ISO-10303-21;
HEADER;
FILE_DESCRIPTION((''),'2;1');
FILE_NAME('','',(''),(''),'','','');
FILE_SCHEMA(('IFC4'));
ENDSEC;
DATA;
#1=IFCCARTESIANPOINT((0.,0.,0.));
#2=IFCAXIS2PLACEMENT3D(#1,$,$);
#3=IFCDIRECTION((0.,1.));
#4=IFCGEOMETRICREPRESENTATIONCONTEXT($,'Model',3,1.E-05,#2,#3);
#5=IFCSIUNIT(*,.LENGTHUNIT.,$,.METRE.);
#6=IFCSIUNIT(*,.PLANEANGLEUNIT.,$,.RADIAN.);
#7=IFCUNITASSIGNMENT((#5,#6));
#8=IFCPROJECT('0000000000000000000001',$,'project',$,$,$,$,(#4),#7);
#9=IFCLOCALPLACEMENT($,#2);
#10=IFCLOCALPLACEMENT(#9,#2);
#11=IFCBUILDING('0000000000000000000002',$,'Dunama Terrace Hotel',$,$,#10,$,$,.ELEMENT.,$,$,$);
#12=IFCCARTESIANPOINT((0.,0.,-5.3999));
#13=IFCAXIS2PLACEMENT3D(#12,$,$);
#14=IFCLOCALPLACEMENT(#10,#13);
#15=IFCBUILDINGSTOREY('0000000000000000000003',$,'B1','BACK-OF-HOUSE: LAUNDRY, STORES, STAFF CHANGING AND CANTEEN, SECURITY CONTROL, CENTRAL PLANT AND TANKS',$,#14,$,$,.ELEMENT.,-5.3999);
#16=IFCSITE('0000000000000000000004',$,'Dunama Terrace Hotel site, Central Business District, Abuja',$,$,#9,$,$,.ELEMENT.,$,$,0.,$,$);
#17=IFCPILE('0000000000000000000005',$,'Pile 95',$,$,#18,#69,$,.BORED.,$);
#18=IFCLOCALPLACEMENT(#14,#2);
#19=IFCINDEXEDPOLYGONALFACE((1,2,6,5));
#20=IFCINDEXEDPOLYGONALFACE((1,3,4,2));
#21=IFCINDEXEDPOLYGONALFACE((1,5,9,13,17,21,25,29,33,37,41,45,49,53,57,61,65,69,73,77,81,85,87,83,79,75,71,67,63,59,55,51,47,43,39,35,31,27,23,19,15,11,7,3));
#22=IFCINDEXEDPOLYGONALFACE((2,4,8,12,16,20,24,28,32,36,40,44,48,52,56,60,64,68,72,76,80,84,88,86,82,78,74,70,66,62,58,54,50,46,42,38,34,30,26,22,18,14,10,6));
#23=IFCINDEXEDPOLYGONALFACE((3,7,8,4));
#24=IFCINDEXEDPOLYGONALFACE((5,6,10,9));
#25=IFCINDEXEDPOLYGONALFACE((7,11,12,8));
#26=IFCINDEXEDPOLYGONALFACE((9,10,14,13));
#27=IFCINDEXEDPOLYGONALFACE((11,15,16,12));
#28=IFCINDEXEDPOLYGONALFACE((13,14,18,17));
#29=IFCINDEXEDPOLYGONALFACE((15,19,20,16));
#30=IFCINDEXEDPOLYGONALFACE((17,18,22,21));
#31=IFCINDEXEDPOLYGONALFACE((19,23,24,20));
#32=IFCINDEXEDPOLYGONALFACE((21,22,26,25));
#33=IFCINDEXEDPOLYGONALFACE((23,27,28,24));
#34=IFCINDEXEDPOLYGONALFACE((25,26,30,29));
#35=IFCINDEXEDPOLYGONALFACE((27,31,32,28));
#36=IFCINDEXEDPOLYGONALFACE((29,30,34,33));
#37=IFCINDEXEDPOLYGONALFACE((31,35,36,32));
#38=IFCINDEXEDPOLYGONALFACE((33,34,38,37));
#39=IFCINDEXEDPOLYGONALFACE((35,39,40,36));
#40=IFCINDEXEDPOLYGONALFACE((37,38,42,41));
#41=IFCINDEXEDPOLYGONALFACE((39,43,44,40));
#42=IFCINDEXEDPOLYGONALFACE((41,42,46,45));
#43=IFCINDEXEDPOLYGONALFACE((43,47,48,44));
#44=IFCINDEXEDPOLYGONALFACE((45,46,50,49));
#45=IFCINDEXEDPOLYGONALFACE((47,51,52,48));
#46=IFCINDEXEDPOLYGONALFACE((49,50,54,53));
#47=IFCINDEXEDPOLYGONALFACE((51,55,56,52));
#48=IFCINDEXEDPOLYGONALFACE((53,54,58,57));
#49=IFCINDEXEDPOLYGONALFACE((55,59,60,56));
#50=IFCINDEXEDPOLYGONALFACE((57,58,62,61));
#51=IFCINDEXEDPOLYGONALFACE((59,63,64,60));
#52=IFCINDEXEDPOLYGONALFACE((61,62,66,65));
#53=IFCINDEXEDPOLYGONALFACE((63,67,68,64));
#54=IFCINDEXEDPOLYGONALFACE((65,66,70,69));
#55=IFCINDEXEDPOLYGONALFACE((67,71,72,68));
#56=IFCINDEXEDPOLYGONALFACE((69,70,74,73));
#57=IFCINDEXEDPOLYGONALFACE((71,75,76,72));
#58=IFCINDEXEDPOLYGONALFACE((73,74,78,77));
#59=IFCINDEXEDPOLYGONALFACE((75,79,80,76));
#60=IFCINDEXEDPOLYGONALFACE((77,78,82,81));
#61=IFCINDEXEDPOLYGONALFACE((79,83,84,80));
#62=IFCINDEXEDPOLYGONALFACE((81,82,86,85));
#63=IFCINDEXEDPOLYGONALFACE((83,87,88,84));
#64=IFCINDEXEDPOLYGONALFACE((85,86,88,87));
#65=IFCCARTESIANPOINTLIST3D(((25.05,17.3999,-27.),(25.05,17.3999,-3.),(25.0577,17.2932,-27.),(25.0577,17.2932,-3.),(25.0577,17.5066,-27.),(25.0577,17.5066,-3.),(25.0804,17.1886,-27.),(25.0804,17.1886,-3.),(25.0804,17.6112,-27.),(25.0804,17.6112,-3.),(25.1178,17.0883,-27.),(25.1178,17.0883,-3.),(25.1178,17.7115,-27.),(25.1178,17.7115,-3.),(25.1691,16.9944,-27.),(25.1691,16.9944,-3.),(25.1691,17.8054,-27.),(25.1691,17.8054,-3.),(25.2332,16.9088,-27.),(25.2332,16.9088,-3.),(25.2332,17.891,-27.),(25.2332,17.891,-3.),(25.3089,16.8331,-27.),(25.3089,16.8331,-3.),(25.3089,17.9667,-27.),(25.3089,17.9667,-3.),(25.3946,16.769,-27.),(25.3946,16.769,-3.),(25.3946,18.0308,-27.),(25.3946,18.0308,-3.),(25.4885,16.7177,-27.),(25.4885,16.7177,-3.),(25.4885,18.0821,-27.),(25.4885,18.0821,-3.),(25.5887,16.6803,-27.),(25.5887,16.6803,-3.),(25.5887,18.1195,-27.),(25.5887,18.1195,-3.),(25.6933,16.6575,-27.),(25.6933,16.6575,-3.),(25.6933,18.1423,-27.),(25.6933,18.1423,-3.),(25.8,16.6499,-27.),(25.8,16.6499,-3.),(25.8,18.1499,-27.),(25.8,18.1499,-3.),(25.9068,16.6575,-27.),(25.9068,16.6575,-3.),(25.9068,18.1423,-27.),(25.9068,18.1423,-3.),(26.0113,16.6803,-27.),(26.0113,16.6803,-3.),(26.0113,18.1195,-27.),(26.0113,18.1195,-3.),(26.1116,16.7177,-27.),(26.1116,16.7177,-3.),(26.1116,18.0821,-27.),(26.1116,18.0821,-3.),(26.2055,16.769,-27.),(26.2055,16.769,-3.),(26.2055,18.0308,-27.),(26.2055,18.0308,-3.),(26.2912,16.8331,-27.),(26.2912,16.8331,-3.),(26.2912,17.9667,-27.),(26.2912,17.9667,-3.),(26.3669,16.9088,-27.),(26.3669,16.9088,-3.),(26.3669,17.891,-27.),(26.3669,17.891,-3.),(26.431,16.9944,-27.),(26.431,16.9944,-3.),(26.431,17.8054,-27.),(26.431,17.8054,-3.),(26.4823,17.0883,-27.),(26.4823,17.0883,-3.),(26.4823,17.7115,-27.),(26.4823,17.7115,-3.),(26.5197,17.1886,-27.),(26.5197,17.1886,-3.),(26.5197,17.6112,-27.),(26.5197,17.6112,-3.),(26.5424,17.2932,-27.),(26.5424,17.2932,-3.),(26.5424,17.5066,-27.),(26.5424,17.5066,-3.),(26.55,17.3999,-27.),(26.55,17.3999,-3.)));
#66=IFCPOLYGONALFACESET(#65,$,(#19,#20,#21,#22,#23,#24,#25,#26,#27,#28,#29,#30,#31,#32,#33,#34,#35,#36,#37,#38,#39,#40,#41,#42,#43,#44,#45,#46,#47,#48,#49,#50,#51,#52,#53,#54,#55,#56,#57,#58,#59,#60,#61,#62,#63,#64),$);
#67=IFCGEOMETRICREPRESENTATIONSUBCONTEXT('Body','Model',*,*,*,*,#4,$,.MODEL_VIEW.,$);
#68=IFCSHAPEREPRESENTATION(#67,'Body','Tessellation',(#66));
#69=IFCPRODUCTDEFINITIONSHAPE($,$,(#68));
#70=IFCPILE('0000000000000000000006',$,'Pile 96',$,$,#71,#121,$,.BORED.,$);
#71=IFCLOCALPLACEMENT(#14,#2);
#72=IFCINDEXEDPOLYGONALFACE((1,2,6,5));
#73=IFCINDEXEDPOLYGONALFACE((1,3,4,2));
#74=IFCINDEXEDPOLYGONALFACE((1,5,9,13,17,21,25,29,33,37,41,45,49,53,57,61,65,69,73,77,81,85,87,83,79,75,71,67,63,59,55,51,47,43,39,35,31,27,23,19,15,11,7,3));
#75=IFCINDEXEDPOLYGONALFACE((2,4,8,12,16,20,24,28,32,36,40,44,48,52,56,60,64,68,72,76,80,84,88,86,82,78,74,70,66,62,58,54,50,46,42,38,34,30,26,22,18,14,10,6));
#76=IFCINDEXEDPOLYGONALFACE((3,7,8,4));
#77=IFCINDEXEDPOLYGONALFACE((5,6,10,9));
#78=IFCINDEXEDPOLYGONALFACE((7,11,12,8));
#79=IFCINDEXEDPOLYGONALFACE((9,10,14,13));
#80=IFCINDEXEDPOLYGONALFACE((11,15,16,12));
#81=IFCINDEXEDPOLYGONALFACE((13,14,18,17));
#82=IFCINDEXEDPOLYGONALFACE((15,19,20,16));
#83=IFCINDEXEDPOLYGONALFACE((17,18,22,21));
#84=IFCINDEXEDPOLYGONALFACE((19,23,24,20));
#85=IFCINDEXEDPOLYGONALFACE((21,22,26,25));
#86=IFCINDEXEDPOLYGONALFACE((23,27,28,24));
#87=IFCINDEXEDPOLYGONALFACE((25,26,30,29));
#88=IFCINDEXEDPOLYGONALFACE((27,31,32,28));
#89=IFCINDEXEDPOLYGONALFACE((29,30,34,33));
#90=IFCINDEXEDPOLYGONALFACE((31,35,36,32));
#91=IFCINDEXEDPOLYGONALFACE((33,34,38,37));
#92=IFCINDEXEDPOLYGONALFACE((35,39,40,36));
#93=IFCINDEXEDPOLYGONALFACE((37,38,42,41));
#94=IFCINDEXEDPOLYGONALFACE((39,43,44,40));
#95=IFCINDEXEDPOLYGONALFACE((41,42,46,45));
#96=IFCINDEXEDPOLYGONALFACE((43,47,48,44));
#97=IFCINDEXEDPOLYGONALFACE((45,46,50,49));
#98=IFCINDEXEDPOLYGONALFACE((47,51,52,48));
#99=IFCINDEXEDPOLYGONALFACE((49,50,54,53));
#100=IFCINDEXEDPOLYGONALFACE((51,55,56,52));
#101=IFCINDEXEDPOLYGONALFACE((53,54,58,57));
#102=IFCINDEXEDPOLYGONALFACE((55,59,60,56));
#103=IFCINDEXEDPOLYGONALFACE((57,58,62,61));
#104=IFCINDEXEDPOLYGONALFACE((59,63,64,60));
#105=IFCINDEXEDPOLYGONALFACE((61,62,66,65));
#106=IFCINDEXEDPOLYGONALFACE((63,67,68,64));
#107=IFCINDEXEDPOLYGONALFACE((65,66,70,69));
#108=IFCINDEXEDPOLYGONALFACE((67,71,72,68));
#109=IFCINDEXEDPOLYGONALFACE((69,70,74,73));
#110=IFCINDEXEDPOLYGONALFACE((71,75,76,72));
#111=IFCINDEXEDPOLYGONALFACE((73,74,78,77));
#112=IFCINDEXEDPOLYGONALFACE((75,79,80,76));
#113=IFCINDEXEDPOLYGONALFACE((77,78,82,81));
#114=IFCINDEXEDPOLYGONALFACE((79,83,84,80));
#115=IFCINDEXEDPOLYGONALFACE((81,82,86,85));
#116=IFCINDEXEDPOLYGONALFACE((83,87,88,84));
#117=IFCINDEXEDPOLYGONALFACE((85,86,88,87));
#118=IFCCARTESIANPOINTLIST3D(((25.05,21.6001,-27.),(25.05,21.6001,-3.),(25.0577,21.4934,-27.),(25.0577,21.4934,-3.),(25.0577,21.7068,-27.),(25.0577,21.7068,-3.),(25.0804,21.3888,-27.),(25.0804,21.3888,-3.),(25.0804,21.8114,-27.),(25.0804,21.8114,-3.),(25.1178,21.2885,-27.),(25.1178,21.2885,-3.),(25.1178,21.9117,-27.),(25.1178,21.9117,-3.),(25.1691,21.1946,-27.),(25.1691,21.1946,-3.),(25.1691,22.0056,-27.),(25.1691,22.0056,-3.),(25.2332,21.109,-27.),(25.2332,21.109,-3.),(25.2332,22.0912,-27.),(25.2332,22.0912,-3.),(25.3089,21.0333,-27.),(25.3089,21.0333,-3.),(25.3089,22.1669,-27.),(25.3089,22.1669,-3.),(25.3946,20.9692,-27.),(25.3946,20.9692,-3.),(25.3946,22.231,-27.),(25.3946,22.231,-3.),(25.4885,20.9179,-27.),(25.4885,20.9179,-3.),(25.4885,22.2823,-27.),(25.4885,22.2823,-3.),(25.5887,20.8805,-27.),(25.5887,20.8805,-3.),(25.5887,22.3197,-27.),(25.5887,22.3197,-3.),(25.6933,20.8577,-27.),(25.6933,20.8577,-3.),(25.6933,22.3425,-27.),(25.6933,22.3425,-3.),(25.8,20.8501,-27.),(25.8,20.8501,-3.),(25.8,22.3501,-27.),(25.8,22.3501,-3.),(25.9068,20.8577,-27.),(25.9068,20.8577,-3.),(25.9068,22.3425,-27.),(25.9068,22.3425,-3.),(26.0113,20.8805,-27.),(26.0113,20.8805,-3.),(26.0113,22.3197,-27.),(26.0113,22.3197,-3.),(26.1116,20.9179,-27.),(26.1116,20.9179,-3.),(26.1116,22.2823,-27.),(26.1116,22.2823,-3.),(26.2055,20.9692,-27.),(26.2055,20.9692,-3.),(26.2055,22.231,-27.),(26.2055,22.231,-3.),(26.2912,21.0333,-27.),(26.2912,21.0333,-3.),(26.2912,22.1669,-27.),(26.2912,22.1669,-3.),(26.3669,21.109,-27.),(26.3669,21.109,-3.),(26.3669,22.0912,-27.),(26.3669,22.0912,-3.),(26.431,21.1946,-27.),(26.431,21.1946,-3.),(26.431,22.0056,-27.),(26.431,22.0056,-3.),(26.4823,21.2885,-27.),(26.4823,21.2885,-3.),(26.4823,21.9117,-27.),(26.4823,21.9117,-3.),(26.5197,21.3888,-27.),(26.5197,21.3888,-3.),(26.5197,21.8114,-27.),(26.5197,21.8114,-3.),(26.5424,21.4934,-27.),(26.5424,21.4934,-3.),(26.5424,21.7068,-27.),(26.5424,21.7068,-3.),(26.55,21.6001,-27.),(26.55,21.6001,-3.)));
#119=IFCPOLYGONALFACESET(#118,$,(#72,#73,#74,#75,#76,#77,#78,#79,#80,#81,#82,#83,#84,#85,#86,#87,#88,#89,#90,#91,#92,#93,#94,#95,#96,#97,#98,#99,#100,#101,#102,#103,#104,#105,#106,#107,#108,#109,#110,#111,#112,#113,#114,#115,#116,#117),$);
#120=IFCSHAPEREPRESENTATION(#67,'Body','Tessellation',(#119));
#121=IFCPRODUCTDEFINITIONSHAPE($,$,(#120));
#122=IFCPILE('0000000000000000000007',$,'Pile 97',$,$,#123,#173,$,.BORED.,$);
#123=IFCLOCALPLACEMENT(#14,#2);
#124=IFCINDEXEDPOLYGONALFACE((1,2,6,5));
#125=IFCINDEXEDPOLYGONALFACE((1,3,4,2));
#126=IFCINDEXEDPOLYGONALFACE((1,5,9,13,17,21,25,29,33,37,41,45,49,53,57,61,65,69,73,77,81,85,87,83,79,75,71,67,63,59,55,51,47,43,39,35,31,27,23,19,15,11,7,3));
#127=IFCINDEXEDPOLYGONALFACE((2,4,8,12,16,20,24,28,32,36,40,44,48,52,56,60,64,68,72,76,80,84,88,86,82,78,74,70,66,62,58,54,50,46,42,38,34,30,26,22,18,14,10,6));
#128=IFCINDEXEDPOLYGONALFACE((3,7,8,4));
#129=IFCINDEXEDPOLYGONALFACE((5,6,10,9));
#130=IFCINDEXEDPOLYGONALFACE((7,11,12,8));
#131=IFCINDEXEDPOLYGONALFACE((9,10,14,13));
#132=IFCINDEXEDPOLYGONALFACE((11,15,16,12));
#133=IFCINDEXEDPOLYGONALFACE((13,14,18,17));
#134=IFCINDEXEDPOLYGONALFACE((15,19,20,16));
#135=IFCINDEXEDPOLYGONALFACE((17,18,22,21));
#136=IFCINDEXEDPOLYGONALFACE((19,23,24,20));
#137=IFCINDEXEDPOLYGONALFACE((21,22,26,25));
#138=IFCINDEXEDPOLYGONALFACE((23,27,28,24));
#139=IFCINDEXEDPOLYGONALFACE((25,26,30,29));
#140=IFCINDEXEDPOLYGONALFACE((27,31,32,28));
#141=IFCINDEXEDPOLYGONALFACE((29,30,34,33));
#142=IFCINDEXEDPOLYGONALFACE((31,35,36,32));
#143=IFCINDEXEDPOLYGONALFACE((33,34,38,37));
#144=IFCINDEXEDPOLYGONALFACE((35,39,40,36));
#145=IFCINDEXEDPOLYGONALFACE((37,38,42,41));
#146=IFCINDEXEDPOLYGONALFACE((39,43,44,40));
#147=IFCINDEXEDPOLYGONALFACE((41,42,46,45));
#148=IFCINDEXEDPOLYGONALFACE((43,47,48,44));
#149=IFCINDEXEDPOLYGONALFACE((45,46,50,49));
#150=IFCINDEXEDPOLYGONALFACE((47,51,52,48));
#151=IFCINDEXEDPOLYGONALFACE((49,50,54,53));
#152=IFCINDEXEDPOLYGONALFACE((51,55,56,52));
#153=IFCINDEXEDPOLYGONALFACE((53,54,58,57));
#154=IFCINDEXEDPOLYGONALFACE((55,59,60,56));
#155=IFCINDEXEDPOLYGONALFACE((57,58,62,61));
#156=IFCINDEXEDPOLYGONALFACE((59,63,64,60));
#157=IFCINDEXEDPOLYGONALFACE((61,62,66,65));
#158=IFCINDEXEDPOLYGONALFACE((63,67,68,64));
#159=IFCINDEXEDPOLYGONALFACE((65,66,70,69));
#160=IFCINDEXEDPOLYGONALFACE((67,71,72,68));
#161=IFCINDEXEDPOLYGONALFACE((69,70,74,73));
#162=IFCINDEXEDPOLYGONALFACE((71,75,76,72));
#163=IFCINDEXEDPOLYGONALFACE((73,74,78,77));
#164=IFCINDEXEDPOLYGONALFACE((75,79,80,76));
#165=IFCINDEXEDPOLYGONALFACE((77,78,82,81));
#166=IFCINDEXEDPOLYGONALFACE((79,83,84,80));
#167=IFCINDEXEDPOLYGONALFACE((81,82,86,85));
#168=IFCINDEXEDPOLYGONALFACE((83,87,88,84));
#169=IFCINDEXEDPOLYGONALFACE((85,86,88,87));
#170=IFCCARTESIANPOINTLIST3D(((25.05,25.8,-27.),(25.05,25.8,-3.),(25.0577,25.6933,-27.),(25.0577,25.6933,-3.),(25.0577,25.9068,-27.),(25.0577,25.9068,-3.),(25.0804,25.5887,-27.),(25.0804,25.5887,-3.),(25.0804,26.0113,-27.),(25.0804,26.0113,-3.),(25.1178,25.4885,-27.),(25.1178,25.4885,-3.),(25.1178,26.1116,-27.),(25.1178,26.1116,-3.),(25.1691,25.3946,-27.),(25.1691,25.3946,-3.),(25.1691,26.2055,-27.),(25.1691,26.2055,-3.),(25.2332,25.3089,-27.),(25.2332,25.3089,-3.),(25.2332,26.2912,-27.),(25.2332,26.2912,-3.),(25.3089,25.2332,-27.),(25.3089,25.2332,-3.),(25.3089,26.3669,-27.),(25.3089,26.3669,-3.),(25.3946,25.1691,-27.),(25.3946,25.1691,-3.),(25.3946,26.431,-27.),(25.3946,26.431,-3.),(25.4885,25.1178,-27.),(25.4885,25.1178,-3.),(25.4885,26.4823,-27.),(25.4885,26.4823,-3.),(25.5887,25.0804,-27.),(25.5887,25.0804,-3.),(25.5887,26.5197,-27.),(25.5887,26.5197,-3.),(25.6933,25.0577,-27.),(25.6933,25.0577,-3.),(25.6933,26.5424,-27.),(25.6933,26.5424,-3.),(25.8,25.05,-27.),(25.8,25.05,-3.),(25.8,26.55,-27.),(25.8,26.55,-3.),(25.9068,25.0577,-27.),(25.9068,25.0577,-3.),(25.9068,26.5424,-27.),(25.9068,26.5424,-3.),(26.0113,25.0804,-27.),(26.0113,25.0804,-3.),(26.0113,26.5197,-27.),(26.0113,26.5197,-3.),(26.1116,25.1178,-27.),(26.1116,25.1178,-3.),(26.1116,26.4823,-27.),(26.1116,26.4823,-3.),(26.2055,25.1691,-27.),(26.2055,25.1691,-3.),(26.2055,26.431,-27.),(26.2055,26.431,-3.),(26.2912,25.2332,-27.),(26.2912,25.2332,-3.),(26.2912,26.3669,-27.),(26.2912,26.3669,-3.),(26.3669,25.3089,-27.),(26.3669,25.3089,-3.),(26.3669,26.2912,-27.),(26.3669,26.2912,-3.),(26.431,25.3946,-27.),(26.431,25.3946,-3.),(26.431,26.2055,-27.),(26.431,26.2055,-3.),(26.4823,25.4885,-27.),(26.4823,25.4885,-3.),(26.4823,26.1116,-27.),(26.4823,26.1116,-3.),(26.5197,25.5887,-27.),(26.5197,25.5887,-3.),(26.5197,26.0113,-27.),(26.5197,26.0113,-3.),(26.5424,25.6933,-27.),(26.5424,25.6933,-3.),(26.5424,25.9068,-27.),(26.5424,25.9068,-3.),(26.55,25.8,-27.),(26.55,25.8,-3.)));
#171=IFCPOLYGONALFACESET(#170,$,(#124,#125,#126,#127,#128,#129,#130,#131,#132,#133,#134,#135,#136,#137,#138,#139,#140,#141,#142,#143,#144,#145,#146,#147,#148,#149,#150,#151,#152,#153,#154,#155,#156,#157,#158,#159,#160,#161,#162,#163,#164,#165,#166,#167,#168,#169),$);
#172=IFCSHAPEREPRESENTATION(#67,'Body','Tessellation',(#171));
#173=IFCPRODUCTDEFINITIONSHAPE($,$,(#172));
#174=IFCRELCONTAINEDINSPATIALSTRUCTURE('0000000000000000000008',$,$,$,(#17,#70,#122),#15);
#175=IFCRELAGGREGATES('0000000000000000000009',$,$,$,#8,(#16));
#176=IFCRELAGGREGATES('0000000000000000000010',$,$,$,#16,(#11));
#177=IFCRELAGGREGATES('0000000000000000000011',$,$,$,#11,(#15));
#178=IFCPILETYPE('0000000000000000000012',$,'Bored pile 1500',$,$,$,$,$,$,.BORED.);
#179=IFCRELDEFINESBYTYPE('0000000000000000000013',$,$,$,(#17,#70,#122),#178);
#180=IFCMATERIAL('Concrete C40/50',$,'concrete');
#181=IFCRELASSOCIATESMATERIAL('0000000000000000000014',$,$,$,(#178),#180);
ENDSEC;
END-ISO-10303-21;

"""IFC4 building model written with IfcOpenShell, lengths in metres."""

from ifc_helpers import new_model, si_unit, direction, frame, origin, origin_2d, place, context, subcontext, project, spatial, circle, extrude, material, material_profile, profile_set, type_object, element, save


model = new_model("IFC4")

# Units and contexts
model_context = context("Model", 3, precision=1e-05, world=origin(), true_north=direction((0.0, 1.0)))
body_context = subcontext(model_context, "Body", "Model", "MODEL_VIEW")
ifc_project = project(units=[si_unit("LENGTHUNIT", "METRE"), si_unit("PLANEANGLEUNIT", "RADIAN")], contexts=[model_context])

# Site, building, storey
site_placement = place(None, origin())
site = spatial("IfcSite", under=ifc_project, at=site_placement, Name="Dunama Terrace Hotel site, Central Business District, Abuja", CompositionType="ELEMENT", RefElevation=0.0)
building_placement = place(site_placement, origin())
building = spatial("IfcBuilding", under=site, at=building_placement, Name="Dunama Terrace Hotel", CompositionType="ELEMENT")
storey_placement = place(building_placement, frame((0.0, 0.0, -5.3999)))
storey = spatial("IfcBuildingStorey", under=building, at=storey_placement, Name="B1", Description="BACK-OF-HOUSE: LAUNDRY, STORES, STAFF CHANGING AND CANTEEN, SECURITY CONTROL, CENTRAL PLANT AND TANKS", CompositionType="ELEMENT", Elevation=-5.3999)

# Piles
ifc_material_1 = material(Name="Concrete C40/50", Category="concrete")
ifc_material_profile = material_profile(ifc_material_1, circle(Radius=0.75, at=origin_2d()), Name="PILE D1500")
ifc_profile_set = profile_set([ifc_material_profile], Name="Concrete C40/50")
pile_type = type_object("IfcPileType", Name="Bored pile 1500", PredefinedType="BORED", material=ifc_profile_set)
for number, where, z_axis, x_axis, name in (
    (1, (25.8, 17.3999, -3.0), (0.0, 0.0, -1.0), (1.0, 0.0, 0.0), "Pile 95"),
    (2, (25.8, 21.6001, -3.0), (0.0, 0.0, -1.0), (1.0, 0.0, 0.0), "Pile 96"),
    (3, (25.8, 25.8, -3.0), (0.0, 0.0, -1.0), (1.0, 0.0, 0.0), "Pile 97"),
):
    element("IfcPile", number, at=place(storey_placement, frame(where, z_axis=z_axis, x_axis=x_axis)), inside=storey, type_object=pile_type, Name=name, PredefinedType="BORED", context=body_context, shape_type="SweptSolid", body=[
        extrude(circle(Radius=0.75, at=origin_2d()), origin(), (0.0, 0.0, 1.0), 24.0),
    ])

save(model, "model.ifc")
